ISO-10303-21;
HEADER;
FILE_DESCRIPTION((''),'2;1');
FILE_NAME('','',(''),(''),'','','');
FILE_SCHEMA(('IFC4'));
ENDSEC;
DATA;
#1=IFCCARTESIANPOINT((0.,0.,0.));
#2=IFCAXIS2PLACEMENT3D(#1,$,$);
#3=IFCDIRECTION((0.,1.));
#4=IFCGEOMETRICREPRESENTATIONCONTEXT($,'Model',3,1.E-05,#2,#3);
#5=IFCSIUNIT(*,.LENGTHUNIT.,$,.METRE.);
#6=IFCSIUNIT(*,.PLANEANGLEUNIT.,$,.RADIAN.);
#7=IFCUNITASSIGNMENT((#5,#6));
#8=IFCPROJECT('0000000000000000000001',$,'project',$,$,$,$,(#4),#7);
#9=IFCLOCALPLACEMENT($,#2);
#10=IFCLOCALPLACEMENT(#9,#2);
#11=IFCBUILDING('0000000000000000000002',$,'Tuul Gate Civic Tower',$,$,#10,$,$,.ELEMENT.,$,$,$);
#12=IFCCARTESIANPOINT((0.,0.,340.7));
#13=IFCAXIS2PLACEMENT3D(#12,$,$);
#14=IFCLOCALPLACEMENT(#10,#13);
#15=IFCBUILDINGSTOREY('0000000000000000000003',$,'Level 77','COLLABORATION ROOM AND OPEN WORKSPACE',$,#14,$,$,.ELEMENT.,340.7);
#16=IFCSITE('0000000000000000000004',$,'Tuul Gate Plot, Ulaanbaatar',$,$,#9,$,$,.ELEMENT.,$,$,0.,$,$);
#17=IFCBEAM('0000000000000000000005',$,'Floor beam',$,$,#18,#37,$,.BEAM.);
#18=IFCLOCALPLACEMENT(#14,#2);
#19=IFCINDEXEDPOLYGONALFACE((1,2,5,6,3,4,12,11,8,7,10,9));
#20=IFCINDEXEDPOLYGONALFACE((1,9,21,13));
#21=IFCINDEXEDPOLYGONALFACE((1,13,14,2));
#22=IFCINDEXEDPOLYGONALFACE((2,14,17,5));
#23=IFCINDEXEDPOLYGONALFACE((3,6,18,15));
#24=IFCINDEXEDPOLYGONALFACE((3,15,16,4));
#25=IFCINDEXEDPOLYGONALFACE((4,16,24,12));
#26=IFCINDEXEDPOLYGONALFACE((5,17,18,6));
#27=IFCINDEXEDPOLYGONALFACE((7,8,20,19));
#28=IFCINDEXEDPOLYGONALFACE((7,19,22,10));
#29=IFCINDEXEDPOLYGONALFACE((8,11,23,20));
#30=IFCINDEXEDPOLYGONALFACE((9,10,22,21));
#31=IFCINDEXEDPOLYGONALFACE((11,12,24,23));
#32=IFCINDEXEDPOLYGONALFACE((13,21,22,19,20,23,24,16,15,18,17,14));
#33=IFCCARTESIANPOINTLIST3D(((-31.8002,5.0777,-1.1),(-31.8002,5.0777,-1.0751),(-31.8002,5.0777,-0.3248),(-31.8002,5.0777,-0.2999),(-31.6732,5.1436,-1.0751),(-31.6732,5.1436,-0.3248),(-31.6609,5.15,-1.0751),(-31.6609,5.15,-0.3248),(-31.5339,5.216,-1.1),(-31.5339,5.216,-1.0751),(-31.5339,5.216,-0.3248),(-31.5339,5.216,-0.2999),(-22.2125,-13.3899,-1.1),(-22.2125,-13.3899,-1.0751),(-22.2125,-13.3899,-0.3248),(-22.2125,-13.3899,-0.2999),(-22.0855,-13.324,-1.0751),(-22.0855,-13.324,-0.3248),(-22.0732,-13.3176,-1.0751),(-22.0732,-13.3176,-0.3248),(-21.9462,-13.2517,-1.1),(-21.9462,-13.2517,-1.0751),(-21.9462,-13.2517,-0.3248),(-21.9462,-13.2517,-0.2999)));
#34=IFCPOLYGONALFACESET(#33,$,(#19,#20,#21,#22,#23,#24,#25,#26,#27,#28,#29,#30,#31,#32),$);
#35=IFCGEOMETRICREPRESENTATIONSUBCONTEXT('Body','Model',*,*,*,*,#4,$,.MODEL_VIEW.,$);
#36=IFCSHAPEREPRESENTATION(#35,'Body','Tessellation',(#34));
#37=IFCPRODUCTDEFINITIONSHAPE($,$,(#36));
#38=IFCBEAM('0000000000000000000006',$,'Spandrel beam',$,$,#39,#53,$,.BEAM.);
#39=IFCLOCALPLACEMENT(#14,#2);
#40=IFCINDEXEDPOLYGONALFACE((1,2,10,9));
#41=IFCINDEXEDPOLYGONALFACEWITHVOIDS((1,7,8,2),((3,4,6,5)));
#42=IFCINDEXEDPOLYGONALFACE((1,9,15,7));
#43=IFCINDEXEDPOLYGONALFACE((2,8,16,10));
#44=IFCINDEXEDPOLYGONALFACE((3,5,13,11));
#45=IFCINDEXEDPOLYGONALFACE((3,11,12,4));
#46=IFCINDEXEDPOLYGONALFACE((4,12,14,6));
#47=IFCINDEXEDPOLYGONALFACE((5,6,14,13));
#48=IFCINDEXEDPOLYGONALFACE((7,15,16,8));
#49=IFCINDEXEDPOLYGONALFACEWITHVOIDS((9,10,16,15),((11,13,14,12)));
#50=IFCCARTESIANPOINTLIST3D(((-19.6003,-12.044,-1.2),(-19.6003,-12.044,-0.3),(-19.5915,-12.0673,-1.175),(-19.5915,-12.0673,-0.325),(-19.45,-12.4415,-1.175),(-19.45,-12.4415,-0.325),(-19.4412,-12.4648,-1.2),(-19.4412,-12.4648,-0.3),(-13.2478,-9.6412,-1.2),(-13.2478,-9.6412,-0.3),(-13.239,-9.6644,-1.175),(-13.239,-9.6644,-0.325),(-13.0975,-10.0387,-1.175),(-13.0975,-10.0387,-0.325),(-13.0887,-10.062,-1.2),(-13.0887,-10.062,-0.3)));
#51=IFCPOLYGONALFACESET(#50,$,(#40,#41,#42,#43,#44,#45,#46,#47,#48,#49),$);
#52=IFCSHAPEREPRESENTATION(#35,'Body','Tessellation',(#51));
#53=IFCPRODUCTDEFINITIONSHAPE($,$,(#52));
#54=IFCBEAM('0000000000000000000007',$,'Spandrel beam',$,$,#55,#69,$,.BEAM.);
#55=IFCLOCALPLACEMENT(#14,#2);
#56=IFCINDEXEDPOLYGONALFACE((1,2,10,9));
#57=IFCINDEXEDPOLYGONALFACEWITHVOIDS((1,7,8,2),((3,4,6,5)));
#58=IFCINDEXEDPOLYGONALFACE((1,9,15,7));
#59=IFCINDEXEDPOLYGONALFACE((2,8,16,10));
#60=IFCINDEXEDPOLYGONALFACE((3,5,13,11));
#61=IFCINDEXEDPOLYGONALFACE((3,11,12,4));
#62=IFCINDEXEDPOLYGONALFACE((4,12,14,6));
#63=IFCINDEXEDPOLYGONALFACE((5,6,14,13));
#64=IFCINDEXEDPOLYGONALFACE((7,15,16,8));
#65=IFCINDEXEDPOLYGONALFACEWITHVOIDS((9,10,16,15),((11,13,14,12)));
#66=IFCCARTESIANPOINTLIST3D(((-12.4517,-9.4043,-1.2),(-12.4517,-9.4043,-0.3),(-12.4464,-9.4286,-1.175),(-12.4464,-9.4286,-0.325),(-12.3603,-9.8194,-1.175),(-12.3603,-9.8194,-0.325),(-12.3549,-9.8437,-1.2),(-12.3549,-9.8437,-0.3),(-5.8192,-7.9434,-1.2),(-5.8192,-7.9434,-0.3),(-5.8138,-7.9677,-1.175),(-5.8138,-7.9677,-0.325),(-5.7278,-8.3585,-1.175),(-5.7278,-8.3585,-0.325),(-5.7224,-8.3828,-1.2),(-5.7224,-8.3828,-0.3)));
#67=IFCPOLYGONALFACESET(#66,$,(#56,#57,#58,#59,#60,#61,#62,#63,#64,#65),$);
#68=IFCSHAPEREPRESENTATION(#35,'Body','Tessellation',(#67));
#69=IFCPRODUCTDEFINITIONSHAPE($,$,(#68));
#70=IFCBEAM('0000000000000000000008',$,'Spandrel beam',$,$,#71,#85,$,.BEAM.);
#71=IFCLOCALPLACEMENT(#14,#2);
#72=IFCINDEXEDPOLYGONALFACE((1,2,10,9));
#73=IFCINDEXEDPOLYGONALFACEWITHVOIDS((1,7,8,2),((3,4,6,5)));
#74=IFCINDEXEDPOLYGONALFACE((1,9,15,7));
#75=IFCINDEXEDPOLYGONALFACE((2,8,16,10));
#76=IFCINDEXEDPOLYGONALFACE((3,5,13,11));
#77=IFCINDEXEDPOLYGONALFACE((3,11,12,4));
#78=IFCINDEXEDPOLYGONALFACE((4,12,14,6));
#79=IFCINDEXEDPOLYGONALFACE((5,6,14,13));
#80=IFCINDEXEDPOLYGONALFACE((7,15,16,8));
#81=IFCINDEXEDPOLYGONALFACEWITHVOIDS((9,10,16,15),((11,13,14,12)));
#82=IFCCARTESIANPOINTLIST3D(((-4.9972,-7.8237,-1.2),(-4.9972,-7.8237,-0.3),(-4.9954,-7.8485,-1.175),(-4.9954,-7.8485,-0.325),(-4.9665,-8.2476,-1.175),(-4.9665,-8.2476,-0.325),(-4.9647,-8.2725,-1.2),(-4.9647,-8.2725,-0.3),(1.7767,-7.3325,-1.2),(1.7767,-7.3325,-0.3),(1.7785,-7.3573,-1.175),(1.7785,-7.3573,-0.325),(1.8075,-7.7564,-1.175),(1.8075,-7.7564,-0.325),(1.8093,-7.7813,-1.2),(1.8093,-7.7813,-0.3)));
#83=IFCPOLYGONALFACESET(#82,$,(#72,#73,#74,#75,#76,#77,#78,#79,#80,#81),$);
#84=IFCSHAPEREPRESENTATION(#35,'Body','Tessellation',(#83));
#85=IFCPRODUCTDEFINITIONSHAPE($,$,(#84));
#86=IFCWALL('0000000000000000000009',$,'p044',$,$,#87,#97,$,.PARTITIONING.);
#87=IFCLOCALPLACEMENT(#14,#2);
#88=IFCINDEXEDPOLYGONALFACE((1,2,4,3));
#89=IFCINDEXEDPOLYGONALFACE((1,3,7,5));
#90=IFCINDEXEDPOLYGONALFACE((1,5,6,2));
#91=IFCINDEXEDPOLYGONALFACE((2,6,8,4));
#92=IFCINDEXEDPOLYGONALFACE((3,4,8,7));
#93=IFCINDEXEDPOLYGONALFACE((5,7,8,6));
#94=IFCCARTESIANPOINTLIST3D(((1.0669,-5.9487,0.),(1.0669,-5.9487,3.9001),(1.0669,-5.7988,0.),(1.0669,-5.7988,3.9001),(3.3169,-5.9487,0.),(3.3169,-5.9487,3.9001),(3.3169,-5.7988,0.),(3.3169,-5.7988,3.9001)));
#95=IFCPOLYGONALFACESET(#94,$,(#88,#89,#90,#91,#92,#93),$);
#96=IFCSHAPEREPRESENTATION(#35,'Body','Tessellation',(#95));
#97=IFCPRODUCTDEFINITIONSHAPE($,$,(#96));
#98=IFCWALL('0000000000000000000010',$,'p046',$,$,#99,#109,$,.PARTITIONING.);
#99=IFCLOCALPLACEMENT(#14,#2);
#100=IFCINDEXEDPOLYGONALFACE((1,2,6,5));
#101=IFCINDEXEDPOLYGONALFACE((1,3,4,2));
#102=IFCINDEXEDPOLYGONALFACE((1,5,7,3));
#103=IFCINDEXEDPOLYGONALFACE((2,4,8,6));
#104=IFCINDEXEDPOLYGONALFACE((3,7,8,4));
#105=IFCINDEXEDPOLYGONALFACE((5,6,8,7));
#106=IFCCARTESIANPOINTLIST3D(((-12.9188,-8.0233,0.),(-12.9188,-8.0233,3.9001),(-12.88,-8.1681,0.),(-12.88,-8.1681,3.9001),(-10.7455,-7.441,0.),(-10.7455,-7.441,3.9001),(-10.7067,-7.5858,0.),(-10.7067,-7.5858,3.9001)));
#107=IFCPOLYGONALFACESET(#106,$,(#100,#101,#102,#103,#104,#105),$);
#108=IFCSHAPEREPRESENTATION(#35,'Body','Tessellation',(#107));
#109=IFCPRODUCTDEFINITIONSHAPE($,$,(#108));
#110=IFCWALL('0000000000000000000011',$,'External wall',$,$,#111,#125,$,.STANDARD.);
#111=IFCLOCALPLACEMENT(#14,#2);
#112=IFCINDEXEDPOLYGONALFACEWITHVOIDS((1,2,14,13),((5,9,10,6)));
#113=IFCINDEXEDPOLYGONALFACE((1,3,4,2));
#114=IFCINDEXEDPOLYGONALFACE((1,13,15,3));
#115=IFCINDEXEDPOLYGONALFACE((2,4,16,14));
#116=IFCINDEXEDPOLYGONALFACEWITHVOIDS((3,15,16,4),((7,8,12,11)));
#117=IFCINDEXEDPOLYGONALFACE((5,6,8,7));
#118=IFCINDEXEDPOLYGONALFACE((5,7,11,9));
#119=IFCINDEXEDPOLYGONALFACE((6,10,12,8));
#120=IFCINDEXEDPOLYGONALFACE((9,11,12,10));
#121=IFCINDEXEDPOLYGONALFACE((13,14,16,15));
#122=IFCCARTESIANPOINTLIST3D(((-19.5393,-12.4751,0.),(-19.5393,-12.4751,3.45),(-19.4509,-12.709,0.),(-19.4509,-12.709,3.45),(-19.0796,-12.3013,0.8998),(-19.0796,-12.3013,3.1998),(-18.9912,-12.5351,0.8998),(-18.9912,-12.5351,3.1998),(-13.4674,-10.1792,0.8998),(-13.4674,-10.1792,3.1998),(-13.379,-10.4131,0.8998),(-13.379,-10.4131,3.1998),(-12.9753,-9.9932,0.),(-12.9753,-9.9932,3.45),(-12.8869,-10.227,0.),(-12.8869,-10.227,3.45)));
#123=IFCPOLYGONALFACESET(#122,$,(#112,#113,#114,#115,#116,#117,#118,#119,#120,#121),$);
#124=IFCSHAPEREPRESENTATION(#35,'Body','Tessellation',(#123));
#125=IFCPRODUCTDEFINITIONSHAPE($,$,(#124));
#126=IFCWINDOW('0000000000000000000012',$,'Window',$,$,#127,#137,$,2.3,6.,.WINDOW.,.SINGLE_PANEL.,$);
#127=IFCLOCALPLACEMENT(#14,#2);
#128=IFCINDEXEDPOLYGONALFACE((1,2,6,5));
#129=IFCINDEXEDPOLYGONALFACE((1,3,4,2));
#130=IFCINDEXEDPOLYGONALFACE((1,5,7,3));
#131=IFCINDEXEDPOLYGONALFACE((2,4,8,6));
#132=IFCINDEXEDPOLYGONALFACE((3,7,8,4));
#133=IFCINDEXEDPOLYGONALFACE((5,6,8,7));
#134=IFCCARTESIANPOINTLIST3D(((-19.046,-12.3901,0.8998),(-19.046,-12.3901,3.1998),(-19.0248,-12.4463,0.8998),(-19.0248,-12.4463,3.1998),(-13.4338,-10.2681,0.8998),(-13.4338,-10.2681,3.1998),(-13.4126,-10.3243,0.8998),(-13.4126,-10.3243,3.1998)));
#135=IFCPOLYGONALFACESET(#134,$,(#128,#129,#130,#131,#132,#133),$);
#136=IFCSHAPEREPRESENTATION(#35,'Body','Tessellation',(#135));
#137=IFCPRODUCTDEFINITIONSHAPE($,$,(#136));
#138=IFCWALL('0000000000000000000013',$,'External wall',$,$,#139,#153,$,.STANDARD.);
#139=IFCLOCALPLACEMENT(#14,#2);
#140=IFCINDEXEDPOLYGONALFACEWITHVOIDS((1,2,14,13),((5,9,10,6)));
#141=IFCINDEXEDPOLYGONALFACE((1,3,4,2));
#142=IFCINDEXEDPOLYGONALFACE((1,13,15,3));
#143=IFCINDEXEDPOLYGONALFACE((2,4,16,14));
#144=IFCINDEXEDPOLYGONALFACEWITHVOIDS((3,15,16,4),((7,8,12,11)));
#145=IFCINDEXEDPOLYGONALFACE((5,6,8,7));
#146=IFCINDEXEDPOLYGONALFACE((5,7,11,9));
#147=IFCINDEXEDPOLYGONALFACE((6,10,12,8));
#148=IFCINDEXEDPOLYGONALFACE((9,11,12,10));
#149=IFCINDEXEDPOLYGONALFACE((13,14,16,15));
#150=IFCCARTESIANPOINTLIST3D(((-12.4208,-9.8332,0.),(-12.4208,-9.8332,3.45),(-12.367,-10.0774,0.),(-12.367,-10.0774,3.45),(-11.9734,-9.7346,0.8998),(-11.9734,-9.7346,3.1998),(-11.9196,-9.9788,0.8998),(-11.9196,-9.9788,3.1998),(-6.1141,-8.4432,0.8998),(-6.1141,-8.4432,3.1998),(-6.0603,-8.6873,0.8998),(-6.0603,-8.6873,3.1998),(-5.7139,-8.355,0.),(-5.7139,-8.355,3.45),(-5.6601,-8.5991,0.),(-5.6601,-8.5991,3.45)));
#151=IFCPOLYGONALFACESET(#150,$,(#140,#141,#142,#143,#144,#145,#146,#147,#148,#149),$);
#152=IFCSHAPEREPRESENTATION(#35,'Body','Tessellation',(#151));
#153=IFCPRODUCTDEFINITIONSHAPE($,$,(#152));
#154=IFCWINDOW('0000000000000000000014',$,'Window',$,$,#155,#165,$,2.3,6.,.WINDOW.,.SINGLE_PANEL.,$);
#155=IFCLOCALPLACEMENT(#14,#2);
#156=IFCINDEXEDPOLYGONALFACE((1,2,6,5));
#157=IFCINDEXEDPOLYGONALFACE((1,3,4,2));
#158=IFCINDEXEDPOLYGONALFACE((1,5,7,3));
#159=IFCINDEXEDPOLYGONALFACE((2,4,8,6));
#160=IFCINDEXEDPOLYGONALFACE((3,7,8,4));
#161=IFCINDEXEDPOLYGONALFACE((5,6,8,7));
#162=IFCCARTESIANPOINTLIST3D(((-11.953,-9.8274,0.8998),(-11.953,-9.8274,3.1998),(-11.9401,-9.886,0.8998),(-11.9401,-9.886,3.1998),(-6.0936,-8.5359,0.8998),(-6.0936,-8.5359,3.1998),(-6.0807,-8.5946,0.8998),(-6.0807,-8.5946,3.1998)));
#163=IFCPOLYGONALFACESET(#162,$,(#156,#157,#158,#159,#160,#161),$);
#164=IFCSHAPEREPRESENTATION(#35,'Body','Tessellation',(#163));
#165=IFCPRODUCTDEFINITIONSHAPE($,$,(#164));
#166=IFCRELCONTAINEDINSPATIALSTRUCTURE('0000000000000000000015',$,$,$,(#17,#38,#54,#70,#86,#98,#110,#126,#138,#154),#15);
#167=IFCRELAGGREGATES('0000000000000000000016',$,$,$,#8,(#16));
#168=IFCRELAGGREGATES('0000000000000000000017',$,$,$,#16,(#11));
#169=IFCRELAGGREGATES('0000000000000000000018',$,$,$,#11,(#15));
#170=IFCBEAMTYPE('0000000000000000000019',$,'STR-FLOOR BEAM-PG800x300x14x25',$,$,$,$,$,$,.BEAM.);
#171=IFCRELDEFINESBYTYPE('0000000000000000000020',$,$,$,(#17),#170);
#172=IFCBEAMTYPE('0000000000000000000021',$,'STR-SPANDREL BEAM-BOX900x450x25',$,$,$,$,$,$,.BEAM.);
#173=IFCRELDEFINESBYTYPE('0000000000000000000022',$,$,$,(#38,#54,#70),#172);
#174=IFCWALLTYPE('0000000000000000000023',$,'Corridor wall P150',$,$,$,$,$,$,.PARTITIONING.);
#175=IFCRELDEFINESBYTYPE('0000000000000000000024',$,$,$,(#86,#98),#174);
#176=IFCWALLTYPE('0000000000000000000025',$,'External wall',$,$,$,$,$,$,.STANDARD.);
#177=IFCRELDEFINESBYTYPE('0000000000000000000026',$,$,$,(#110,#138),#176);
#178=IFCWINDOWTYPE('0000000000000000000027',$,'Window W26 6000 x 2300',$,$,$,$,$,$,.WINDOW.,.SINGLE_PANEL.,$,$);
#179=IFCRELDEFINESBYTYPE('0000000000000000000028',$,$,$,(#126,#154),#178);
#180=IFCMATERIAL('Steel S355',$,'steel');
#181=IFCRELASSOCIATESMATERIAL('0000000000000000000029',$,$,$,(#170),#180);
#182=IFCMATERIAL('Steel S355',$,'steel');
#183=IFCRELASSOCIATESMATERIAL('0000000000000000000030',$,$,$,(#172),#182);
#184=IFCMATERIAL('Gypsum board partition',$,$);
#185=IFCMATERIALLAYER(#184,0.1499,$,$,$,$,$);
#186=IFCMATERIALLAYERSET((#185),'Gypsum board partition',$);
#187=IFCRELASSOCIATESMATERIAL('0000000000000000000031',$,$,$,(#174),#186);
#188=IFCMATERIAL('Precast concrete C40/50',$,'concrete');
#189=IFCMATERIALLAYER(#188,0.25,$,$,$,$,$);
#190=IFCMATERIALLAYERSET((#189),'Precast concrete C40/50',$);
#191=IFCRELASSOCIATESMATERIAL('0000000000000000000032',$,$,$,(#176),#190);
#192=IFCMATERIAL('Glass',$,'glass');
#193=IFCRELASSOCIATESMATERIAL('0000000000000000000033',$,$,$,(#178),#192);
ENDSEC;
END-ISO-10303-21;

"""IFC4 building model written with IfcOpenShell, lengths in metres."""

from ifc_helpers import new_model, si_unit, direction, frame, frame_2d, origin, origin_2d, place, context, subcontext, project, spatial, rectangle, hollow_rectangle, i_section, extrude, material, layer, layer_set, material_profile, profile_set, type_object, element, fill, save


model = new_model("IFC4")

# Units and contexts
model_context = context("Model", 3, precision=1e-05, world=origin(), true_north=direction((0.0, 1.0)))
body_context = subcontext(model_context, "Body", "Model", "MODEL_VIEW")
ifc_project = project(units=[si_unit("LENGTHUNIT", "METRE"), si_unit("PLANEANGLEUNIT", "RADIAN")], contexts=[model_context])

# Site, building, storey
site_placement = place(None, origin())
site = spatial("IfcSite", under=ifc_project, at=site_placement, Name="Tuul Gate Plot, Ulaanbaatar", CompositionType="ELEMENT", RefElevation=0.0)
building_placement = place(site_placement, origin())
building = spatial("IfcBuilding", under=site, at=building_placement, Name="Tuul Gate Civic Tower", CompositionType="ELEMENT")
storey_placement = place(building_placement, frame((0.0, 0.0, 340.7)))
storey = spatial("IfcBuildingStorey", under=building, at=storey_placement, Name="Level 77", Description="COLLABORATION ROOM AND OPEN WORKSPACE", CompositionType="ELEMENT", Elevation=340.7)

# Beams
ifc_material_1 = material(Name="Steel S355", Category="steel")
ifc_material_profile_1 = material_profile(ifc_material_1, i_section(OverallWidth=0.3, OverallDepth=0.8, WebThickness=0.0139, FlangeThickness=0.0249, at=origin_2d()), Name="PG800x300x14x25")
ifc_profile_set_1 = profile_set([ifc_material_profile_1], Name="Steel S355")
beam_type_1 = type_object("IfcBeamType", Name="STR-FLOOR BEAM-PG800x300x14x25", PredefinedType="BEAM", material=ifc_profile_set_1)
beam_1_placement = place(storey_placement, frame((-22.0793, -13.3208, -0.7), z_axis=(-0.460767, 0.887521, 0.0), x_axis=(-0.887521, -0.460767, 0.0)))
element("IfcBeam", 1, at=beam_1_placement, inside=storey, type_object=beam_type_1, Name="Floor beam", PredefinedType="BEAM", context=body_context, shape_type="SweptSolid", body=[
    extrude(i_section(OverallWidth=0.3, OverallDepth=0.8, WebThickness=0.0139, FlangeThickness=0.0249, at=origin_2d()), origin(), (0.0, 0.0, 1.0), 20.8081),
])
ifc_material_2 = material(Name="Steel S355", Category="steel")
ifc_material_profile_2 = material_profile(ifc_material_2, hollow_rectangle(XDim=0.45, YDim=0.8999, WallThickness=0.0249, at=origin_2d()), Name="BOX900x450x25")
ifc_profile_set_2 = profile_set([ifc_material_profile_2], Name="Steel S355")
beam_type_2 = type_object("IfcBeamType", Name="STR-SPANDREL BEAM-BOX900x450x25", PredefinedType="BEAM", material=ifc_profile_set_2)
beam_2_placement = place(storey_placement, frame((-19.5208, -12.2544, -0.75), z_axis=(0.935327, 0.353785, 0.0), x_axis=(-0.353785, 0.935327, 0.0)))
element("IfcBeam", 2, at=beam_2_placement, inside=storey, type_object=beam_type_2, Name="Spandrel beam", PredefinedType="BEAM", context=body_context, shape_type="SweptSolid", body=[
    extrude(hollow_rectangle(XDim=0.45, YDim=0.8999, WallThickness=0.0249, at=origin_2d()), origin(), (0.0, 0.0, 1.0), 6.7917),
])
beam_3_placement = place(storey_placement, frame((-12.4033, -9.624, -0.75), z_axis=(0.97659, 0.215111, 0.0), x_axis=(-0.215111, 0.97659, 0.0)))
element("IfcBeam", 3, at=beam_3_placement, inside=storey, type_object=beam_type_2, Name="Spandrel beam", PredefinedType="BEAM", context=body_context, shape_type="SweptSolid", body=[
    extrude(hollow_rectangle(XDim=0.45, YDim=0.8999, WallThickness=0.0249, at=origin_2d()), origin(), (0.0, 0.0, 1.0), 6.7915),
])
beam_4_placement = place(storey_placement, frame((-4.981, -8.0481, -0.75), z_axis=(0.997381, 0.072325, 0.0), x_axis=(-0.072325, 0.997381, 0.0)))
element("IfcBeam", 4, at=beam_4_placement, inside=storey, type_object=beam_type_2, Name="Spandrel beam", PredefinedType="BEAM", context=body_context, shape_type="SweptSolid", body=[
    extrude(hollow_rectangle(XDim=0.45, YDim=0.8999, WallThickness=0.0249, at=origin_2d()), origin(), (0.0, 0.0, 1.0), 6.7917),
])

# Walls
ifc_material_3 = material(Name="Gypsum board partition")
ifc_layer_1 = layer(ifc_material_3, 0.1499)
ifc_layer_set_1 = layer_set([ifc_layer_1], Name="Gypsum board partition")
wall_type_1 = type_object("IfcWallType", Name="Corridor wall P150", PredefinedType="PARTITIONING", material=ifc_layer_set_1)
for number, where, z_axis, x_axis, name in (
    (5, (1.0669, -5.8738, 0.0), (0.0, 0.0, 1.0), (1.0, 0.0, 0.0), "p044"),
    (6, (-12.8994, -8.0957, 0.0), (0.0, 0.0, 1.0), (0.965934, 0.25879, 0.0), "p046"),
):
    element("IfcWall", number, at=place(storey_placement, frame(where, z_axis=z_axis, x_axis=x_axis)), inside=storey, type_object=wall_type_1, Name=name, PredefinedType="PARTITIONING", context=body_context, shape_type="SweptSolid", body=[
        extrude(rectangle(XDim=2.25, YDim=0.1499, at=frame_2d((1.125, 0.0))), origin(), (0.0, 0.0, 1.0), 3.9001),
    ])

# Walls, openings, windows
ifc_material_4 = material(Name="Precast concrete C40/50", Category="concrete")
ifc_layer_2 = layer(ifc_material_4, 0.25)
ifc_layer_set_2 = layer_set([ifc_layer_2], Name="Precast concrete C40/50")
wall_type_2 = type_object("IfcWallType", Name="External wall", PredefinedType="STANDARD", material=ifc_layer_set_2)
wall_1_placement = place(storey_placement, frame((-19.4951, -12.592, 0.0), z_axis=(0.0, 0.0, 1.0), x_axis=(0.935368, 0.353677, 0.0)))
wall_1 = element("IfcWall", 7, at=wall_1_placement, inside=storey, type_object=wall_type_2, Name="External wall", PredefinedType="STANDARD", context=body_context, shape_type="SweptSolid", body=[
    extrude(rectangle(XDim=7.0176, YDim=0.25, at=frame_2d((3.5088, 0.0))), origin(), (0.0, 0.0, 1.0), 3.45),
])
opening_1_placement = place(wall_1_placement, frame((0.4915, 0.0, 0.8999)))
opening_1 = element("IfcOpeningElement", 8, at=opening_1_placement, cuts=wall_1, PredefinedType="OPENING", context=body_context, shape_type="SweptSolid", body=[
    extrude(rectangle(XDim=6.0, YDim=2.3, at=frame_2d((3.0, 1.1499))), frame((0.0, 0.135, 0.0), z_axis=(0.0, -1.0, 0.0), x_axis=(1.0, 0.0, 0.0)), (0.0, 0.0, 1.0), 0.27),
])
ifc_material_5 = material(Name="Glass", Category="glass")
window_type = type_object("IfcWindowType", Name="Window W26 6000 x 2300", PartitioningType="SINGLE_PANEL", PredefinedType="WINDOW", material=ifc_material_5)
window_1_placement = place(opening_1_placement, origin())
window_1 = element("IfcWindow", 9, at=window_1_placement, inside=storey, type_object=window_type, Name="Window", OverallHeight=2.3, OverallWidth=6.0, PartitioningType="SINGLE_PANEL", PredefinedType="WINDOW", context=body_context, shape_type="SweptSolid", body=[
    extrude(rectangle(XDim=6.0, YDim=2.3, at=frame_2d((3.0, 1.1499))), frame((0.0, 0.03, 0.0), z_axis=(0.0, -1.0, 0.0), x_axis=(1.0, 0.0, 0.0)), (0.0, 0.0, 1.0), 0.0601),
])
fill(opening_1, window_1)
wall_2_placement = place(storey_placement, frame((-12.394, -9.9553, 0.0), z_axis=(0.0, 0.0, 1.0), x_axis=(0.976561, 0.21524, 0.0)))
wall_2 = element("IfcWall", 10, at=wall_2_placement, inside=storey, type_object=wall_type_2, Name="External wall", PredefinedType="STANDARD", context=body_context, shape_type="SweptSolid", body=[
    extrude(rectangle(XDim=6.8679, YDim=0.25, at=frame_2d((3.4341, 0.0))), origin(), (0.0, 0.0, 1.0), 3.45),
])
opening_2_placement = place(wall_2_placement, frame((0.4583, 0.0, 0.8999)))
opening_2 = element("IfcOpeningElement", 11, at=opening_2_placement, cuts=wall_2, PredefinedType="OPENING", context=body_context, shape_type="SweptSolid", body=[
    extrude(rectangle(XDim=6.0, YDim=2.3, at=frame_2d((3.0, 1.1499))), frame((0.0, 0.135, 0.0), z_axis=(0.0, -1.0, 0.0), x_axis=(1.0, 0.0, 0.0)), (0.0, 0.0, 1.0), 0.27),
])
window_2_placement = place(opening_2_placement, origin())
window_2 = element("IfcWindow", 12, at=window_2_placement, inside=storey, type_object=window_type, Name="Window", OverallHeight=2.3, OverallWidth=6.0, PartitioningType="SINGLE_PANEL", PredefinedType="WINDOW", context=body_context, shape_type="SweptSolid", body=[
    extrude(rectangle(XDim=6.0, YDim=2.3, at=frame_2d((3.0, 1.1499))), frame((0.0, 0.03, 0.0), z_axis=(0.0, -1.0, 0.0), x_axis=(1.0, 0.0, 0.0)), (0.0, 0.0, 1.0), 0.0601),
])
fill(opening_2, window_2)

save(model, "model.ifc")
